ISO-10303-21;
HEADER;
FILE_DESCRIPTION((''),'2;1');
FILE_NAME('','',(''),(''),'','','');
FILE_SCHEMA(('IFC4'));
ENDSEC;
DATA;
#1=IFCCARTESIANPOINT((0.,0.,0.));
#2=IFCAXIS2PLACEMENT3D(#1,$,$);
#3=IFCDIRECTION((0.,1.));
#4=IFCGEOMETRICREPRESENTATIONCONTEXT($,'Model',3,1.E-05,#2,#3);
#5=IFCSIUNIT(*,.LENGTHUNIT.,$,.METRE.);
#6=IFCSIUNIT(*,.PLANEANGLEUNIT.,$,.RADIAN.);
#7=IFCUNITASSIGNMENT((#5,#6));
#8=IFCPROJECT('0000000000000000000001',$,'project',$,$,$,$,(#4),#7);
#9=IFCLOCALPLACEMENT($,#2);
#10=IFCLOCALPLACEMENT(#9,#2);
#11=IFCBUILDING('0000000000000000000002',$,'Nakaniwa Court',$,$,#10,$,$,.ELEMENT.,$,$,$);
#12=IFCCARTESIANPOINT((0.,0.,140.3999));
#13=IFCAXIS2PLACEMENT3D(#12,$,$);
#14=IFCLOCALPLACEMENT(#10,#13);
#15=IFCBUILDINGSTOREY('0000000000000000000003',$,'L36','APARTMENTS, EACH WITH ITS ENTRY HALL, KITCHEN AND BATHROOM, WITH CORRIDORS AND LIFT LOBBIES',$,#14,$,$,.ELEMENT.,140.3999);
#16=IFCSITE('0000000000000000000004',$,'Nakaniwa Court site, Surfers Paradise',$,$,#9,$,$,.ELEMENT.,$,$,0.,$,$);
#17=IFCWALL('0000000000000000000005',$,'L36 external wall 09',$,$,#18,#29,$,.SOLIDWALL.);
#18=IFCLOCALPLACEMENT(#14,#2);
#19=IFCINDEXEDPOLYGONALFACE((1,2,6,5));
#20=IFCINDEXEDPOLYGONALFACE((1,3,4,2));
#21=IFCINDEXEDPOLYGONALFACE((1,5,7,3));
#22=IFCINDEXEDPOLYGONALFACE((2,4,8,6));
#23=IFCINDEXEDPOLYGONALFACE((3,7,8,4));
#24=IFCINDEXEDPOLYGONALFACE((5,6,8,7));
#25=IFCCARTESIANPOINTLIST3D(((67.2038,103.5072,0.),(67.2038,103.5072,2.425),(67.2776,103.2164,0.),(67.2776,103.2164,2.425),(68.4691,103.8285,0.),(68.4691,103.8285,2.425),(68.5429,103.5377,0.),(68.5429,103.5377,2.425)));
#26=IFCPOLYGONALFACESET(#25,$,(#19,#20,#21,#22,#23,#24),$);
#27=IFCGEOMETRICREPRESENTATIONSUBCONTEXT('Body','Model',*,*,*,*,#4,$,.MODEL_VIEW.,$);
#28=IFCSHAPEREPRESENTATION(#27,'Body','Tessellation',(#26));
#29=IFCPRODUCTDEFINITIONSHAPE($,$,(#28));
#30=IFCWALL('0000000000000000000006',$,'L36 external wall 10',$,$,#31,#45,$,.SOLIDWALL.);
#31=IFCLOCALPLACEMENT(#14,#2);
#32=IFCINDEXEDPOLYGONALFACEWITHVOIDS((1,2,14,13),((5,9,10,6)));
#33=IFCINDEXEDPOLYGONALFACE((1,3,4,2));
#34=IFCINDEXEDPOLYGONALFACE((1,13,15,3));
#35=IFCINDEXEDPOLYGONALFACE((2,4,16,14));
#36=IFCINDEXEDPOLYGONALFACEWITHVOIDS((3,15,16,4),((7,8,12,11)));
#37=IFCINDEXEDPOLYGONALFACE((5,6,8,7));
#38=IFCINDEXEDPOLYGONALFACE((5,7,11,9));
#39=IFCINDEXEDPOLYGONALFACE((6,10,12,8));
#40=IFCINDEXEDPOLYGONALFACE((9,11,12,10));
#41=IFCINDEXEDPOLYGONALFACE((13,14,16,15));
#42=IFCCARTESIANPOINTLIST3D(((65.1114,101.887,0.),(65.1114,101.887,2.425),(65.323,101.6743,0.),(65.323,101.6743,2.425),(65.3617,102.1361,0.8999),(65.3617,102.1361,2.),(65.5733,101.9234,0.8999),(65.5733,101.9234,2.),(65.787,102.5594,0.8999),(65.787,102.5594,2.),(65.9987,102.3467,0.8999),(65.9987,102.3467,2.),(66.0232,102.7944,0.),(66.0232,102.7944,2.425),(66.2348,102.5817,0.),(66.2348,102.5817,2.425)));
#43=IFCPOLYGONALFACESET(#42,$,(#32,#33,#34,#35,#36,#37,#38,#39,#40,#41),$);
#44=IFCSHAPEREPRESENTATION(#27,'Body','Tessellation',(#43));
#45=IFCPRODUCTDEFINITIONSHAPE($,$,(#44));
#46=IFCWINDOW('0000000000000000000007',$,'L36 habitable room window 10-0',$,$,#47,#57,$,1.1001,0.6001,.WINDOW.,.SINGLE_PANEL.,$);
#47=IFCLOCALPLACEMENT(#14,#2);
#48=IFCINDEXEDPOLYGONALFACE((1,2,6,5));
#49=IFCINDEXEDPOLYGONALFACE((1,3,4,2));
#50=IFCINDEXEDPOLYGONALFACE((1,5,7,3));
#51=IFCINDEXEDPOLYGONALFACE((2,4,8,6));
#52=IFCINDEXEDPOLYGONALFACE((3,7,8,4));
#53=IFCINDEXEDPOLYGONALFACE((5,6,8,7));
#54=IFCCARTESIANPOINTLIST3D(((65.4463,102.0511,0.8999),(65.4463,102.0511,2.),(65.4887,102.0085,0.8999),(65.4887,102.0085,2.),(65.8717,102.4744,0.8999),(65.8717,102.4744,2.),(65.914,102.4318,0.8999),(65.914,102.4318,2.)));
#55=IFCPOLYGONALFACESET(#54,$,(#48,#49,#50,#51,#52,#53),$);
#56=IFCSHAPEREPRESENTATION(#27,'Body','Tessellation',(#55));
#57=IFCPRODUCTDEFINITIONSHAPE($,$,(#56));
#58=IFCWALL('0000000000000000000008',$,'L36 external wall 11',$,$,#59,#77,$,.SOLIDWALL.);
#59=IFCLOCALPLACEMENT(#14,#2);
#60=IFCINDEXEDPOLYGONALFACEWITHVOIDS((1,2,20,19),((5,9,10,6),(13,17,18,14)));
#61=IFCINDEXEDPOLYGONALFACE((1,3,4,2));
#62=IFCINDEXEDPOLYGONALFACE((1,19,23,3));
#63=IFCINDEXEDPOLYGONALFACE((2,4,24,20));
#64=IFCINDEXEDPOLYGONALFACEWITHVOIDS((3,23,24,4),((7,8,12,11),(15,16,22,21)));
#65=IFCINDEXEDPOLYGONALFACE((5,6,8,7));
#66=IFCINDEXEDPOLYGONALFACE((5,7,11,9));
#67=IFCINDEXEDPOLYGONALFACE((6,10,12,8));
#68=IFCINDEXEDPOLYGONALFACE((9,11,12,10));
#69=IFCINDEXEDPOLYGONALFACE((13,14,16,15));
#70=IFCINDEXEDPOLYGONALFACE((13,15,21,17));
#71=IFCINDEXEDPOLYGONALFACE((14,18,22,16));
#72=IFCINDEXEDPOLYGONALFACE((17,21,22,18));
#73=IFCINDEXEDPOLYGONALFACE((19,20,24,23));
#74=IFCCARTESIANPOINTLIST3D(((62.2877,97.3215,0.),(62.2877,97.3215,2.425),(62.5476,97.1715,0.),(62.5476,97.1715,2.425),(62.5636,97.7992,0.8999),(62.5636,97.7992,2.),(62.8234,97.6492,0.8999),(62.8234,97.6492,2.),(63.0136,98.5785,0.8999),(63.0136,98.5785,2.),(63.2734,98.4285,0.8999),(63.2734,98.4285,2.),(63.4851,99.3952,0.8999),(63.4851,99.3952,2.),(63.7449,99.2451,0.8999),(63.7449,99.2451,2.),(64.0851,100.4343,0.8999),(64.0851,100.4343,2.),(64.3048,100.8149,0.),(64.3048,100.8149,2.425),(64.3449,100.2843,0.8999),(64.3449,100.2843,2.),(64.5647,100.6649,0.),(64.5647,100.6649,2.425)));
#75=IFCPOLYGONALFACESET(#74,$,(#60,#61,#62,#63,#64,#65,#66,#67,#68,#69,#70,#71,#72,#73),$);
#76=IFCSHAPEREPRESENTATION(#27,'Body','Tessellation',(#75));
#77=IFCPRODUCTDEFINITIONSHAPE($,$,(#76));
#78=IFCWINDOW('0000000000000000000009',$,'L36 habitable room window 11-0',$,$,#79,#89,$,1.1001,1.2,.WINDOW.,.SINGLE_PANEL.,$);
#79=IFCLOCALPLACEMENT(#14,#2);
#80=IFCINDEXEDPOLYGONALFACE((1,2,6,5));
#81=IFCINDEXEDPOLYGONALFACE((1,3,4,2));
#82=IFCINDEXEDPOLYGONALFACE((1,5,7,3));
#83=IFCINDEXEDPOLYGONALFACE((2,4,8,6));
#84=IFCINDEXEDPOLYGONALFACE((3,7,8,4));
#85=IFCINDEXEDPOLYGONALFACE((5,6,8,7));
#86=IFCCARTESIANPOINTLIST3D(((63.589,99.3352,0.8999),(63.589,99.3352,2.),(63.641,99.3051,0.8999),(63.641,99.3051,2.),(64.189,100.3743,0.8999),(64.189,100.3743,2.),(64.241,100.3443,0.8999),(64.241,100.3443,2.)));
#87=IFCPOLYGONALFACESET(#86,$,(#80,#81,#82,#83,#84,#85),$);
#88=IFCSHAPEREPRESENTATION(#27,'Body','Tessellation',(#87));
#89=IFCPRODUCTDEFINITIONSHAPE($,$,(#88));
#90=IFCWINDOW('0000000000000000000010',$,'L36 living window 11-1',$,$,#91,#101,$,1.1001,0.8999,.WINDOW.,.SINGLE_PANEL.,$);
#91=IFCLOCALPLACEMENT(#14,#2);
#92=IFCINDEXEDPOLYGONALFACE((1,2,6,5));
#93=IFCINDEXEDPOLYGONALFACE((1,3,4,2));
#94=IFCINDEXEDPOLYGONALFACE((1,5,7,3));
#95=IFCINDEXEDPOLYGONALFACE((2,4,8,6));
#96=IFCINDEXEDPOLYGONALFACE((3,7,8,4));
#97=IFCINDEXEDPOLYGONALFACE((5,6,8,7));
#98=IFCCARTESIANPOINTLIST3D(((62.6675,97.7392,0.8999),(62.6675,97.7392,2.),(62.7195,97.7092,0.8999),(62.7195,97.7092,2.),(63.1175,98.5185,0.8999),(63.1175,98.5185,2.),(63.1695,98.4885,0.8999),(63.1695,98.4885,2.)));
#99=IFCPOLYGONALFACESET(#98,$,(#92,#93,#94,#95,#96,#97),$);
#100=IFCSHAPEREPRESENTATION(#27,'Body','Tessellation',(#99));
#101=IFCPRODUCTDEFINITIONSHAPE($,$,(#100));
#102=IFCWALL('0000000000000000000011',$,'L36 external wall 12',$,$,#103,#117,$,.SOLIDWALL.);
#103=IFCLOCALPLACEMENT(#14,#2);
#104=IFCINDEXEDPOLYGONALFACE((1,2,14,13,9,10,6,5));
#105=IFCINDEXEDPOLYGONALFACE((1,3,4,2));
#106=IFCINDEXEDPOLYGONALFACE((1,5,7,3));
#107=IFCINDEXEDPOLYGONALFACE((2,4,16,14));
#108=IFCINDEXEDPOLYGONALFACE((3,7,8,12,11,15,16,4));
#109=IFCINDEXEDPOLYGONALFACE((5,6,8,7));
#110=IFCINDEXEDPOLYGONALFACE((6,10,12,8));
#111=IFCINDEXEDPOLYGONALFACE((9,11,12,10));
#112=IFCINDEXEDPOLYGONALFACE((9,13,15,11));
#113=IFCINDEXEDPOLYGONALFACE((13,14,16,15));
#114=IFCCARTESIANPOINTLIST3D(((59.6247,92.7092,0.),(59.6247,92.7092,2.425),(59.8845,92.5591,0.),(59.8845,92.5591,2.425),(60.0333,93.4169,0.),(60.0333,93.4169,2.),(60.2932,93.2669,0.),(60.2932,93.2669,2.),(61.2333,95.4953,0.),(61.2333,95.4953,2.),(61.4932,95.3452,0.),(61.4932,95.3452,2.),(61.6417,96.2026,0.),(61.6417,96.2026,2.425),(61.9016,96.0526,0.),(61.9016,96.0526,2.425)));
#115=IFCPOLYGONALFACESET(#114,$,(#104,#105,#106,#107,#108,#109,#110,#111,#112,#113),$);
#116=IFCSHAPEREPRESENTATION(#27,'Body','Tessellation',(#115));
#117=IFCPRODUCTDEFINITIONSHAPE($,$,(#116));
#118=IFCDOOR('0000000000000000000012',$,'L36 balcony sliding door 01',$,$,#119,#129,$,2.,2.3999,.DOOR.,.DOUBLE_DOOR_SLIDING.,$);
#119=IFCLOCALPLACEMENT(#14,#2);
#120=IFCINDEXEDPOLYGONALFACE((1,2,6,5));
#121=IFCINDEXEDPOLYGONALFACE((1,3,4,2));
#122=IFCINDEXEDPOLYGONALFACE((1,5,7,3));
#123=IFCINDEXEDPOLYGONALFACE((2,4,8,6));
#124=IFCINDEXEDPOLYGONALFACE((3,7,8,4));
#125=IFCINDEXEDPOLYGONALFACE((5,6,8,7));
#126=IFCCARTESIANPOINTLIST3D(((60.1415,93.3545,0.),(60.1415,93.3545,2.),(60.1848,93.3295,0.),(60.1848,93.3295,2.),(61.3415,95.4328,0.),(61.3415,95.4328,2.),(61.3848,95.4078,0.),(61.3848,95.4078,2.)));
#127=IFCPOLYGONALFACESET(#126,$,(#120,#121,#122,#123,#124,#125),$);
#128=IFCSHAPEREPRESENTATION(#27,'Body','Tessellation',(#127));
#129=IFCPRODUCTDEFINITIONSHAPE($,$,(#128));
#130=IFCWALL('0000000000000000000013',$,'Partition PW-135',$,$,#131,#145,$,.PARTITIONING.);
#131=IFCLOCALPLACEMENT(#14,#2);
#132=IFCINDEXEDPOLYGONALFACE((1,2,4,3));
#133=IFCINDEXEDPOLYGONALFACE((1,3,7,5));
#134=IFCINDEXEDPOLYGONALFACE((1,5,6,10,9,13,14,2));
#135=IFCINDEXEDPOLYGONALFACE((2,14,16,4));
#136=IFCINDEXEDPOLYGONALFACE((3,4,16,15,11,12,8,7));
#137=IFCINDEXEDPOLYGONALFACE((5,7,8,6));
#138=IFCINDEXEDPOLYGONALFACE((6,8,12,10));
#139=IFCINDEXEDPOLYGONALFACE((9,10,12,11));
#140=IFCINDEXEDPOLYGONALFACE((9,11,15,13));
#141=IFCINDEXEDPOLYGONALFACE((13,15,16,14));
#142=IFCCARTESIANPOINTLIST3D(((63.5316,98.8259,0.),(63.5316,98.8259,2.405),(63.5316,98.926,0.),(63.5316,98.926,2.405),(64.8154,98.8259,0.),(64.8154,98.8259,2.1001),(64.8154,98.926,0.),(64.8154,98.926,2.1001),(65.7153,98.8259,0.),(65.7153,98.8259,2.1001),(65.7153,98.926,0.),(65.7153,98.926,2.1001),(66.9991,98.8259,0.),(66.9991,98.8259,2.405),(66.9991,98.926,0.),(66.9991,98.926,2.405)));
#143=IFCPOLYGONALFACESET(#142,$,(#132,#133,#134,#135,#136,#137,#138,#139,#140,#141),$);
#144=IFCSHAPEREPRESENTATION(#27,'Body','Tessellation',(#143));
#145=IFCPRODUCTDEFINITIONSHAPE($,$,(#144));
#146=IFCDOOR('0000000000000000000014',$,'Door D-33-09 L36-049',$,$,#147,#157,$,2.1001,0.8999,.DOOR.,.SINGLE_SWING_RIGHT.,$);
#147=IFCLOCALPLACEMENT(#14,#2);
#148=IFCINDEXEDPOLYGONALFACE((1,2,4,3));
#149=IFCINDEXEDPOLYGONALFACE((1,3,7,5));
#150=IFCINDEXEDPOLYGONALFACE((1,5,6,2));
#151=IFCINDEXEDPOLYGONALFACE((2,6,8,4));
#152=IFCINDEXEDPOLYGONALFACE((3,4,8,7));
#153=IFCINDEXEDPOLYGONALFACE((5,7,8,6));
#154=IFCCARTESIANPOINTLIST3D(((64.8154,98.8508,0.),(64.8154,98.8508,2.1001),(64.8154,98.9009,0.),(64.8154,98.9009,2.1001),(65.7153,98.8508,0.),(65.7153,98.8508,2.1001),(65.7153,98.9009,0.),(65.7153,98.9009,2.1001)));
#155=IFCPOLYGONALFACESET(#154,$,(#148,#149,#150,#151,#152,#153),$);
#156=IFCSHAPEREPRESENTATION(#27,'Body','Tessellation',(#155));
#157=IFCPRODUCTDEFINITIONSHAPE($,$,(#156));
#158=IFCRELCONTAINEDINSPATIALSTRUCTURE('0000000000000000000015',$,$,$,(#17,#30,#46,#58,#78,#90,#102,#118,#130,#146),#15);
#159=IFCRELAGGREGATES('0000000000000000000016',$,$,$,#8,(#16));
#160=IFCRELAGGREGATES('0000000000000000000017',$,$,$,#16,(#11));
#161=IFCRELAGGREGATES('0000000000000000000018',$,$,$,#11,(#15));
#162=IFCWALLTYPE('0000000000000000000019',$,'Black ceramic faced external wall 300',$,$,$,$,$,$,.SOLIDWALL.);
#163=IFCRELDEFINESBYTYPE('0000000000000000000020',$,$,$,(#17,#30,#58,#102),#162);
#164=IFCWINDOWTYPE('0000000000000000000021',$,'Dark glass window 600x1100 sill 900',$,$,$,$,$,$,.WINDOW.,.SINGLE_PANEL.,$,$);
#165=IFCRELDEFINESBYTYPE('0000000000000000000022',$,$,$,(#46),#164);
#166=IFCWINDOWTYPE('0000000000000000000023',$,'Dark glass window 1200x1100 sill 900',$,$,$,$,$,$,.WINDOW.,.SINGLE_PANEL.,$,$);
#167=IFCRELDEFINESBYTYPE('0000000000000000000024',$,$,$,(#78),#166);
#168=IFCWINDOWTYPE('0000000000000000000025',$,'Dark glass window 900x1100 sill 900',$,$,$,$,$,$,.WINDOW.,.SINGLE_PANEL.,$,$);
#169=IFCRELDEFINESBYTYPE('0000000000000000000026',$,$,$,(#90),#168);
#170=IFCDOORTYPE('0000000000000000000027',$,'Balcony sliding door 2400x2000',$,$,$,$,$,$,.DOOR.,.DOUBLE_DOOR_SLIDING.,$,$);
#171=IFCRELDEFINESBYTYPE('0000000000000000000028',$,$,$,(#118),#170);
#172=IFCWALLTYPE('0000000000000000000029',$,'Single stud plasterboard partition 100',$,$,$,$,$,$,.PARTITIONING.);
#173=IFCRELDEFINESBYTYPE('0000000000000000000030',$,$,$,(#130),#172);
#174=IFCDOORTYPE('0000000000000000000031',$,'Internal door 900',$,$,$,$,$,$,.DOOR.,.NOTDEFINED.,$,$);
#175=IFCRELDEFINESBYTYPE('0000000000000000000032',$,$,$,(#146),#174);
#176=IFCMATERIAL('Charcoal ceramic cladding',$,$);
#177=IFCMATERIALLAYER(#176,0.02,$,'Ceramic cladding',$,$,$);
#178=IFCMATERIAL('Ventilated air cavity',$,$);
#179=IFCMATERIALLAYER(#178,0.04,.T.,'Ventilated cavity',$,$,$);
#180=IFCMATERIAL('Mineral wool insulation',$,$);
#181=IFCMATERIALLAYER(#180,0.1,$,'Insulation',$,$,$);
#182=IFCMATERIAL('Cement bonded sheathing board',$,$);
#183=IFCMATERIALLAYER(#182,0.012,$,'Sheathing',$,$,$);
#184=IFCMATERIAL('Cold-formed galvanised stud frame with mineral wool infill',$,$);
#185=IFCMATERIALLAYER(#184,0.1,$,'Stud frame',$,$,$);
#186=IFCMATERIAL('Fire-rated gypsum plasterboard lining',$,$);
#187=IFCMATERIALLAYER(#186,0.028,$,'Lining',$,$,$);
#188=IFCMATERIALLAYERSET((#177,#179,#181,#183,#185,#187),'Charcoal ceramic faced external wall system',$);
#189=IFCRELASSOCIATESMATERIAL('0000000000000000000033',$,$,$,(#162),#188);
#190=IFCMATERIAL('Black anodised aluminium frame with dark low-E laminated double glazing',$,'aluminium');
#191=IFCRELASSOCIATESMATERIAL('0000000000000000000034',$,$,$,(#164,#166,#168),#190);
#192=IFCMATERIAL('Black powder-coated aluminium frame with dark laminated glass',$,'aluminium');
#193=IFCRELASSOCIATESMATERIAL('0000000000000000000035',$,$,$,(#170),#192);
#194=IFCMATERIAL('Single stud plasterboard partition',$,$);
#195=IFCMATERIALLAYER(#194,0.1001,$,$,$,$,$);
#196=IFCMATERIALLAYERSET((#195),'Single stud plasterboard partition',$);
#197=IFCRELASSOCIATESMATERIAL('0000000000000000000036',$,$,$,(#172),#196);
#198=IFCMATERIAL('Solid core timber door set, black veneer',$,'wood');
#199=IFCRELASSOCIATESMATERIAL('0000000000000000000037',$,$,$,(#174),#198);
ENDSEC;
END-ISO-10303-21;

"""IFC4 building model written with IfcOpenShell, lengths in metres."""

from ifc_helpers import new_model, si_unit, direction, frame, frame_2d, origin, place, context, subcontext, project, spatial, rectangle, extrude, material, layer, layer_set, type_object, element, fill, save


model = new_model("IFC4")

# Units and contexts
model_context = context("Model", 3, precision=1e-05, world=origin(), true_north=direction((0.0, 1.0)))
body_context = subcontext(model_context, "Body", "Model", "MODEL_VIEW")
ifc_project = project(units=[si_unit("LENGTHUNIT", "METRE"), si_unit("PLANEANGLEUNIT", "RADIAN")], contexts=[model_context])

# Site, building, storey
site_placement = place(None, origin())
site = spatial("IfcSite", under=ifc_project, at=site_placement, Name="Nakaniwa Court site, Surfers Paradise", CompositionType="ELEMENT", RefElevation=0.0)
building_placement = place(site_placement, origin())
building = spatial("IfcBuilding", under=site, at=building_placement, Name="Nakaniwa Court", CompositionType="ELEMENT")
storey_placement = place(building_placement, frame((0.0, 0.0, 140.3999)))
storey = spatial("IfcBuildingStorey", under=building, at=storey_placement, Name="L36", Description="APARTMENTS, EACH WITH ITS ENTRY HALL, KITCHEN AND BATHROOM, WITH CORRIDORS AND LIFT LOBBIES", CompositionType="ELEMENT", Elevation=140.3999)

# Shared definitions
ifc_material_1 = material(Name="Solid core timber door set, black veneer", Category="wood")

# Wall
ifc_material_2 = material(Name="Charcoal ceramic cladding")
ifc_layer_1 = layer(ifc_material_2, 0.02, Name="Ceramic cladding")
ifc_material_3 = material(Name="Ventilated air cavity")
ifc_layer_2 = layer(ifc_material_3, 0.04, ventilated=True, Name="Ventilated cavity")
ifc_material_4 = material(Name="Mineral wool insulation")
ifc_layer_3 = layer(ifc_material_4, 0.1, Name="Insulation")
ifc_material_5 = material(Name="Cement bonded sheathing board")
ifc_layer_4 = layer(ifc_material_5, 0.012, Name="Sheathing")
ifc_material_6 = material(Name="Cold-formed galvanised stud frame with mineral wool infill")
ifc_layer_5 = layer(ifc_material_6, 0.1, Name="Stud frame")
ifc_material_7 = material(Name="Fire-rated gypsum plasterboard lining")
ifc_layer_6 = layer(ifc_material_7, 0.028, Name="Lining")
ifc_layer_set_1 = layer_set([ifc_layer_1, ifc_layer_2, ifc_layer_3, ifc_layer_4, ifc_layer_5, ifc_layer_6], Name="Charcoal ceramic faced external wall system")
wall_type_1 = type_object("IfcWallType", Name="Black ceramic faced external wall 300", PredefinedType="SOLIDWALL", material=ifc_layer_set_1)
wall_1_placement = place(storey_placement, frame((68.5061, 103.6831, 0.0), z_axis=(0.0, 0.0, 1.0), x_axis=(-0.969245, -0.246098, 0.0)))
element("IfcWall", 1, at=wall_1_placement, inside=storey, type_object=wall_type_1, Name="L36 external wall 09", PredefinedType="SOLIDWALL", context=body_context, shape_type="SweptSolid", body=[
    extrude(rectangle(XDim=1.3054, YDim=0.3, at=frame_2d((0.6528, 0.0))), origin(), (0.0, 0.0, 1.0), 2.425),
])

# Wall, opening, window
wall_2_placement = place(storey_placement, frame((66.1289, 102.688, 0.0), z_axis=(0.0, 0.0, 1.0), x_axis=(-0.708813, -0.705397, 0.0)))
wall_2 = element("IfcWall", 2, at=wall_2_placement, inside=storey, type_object=wall_type_1, Name="L36 external wall 10", PredefinedType="SOLIDWALL", context=body_context, shape_type="SweptSolid", body=[
    extrude(rectangle(XDim=1.2864, YDim=0.3, at=frame_2d((0.6431, 0.0))), origin(), (0.0, 0.0, 1.0), 2.425),
])
opening_1_placement = place(wall_2_placement, frame((0.333, 0.0, 0.8999)))
opening_1 = element("IfcOpeningElement", 3, at=opening_1_placement, cuts=wall_2, PredefinedType="OPENING", context=body_context, shape_type="SweptSolid", body=[
    extrude(rectangle(XDim=0.6001, YDim=1.1001, at=frame_2d((0.3, 0.55))), frame((0.0, 0.1599, 0.0), z_axis=(0.0, -1.0, 0.0), x_axis=(1.0, 0.0, 0.0)), (0.0, 0.0, 1.0), 0.3201),
])
ifc_material_8 = material(Name="Black anodised aluminium frame with dark low-E laminated double glazing", Category="aluminium")
window_type_1 = type_object("IfcWindowType", Name="Dark glass window 600x1100 sill 900", PartitioningType="SINGLE_PANEL", PredefinedType="WINDOW", material=ifc_material_8)
window_1_placement = place(opening_1_placement, origin())
window_1 = element("IfcWindow", 4, at=window_1_placement, inside=storey, type_object=window_type_1, Name="L36 habitable room window 10-0", OverallHeight=1.1001, OverallWidth=0.6001, PartitioningType="SINGLE_PANEL", PredefinedType="WINDOW", context=body_context, shape_type="SweptSolid", body=[
    extrude(rectangle(XDim=0.6001, YDim=1.1001, at=frame_2d((0.3, 0.55))), frame((0.0, 0.03, 0.0), z_axis=(0.0, -1.0, 0.0), x_axis=(1.0, 0.0, 0.0)), (0.0, 0.0, 1.0), 0.0601),
])
fill(opening_1, window_1)

# Wall, openings, windows
wall_3_placement = place(storey_placement, frame((64.4348, 100.74, 0.0), z_axis=(0.0, 0.0, 1.0), x_axis=(-0.500032, -0.866007, 0.0)))
wall_3 = element("IfcWall", 5, at=wall_3_placement, inside=storey, type_object=wall_type_1, Name="L36 external wall 11", PredefinedType="SOLIDWALL", context=body_context, shape_type="SweptSolid", body=[
    extrude(rectangle(XDim=4.0339, YDim=0.3, at=frame_2d((2.0171, 0.0))), origin(), (0.0, 0.0, 1.0), 2.425),
])
opening_2_placement = place(wall_3_placement, frame((0.4395, 0.0, 0.8999)))
opening_2 = element("IfcOpeningElement", 6, at=opening_2_placement, cuts=wall_3, PredefinedType="OPENING", context=body_context, shape_type="SweptSolid", body=[
    extrude(rectangle(XDim=1.2, YDim=1.1001, at=frame_2d((0.6001, 0.55))), frame((0.0, 0.1599, 0.0), z_axis=(0.0, -1.0, 0.0), x_axis=(1.0, 0.0, 0.0)), (0.0, 0.0, 1.0), 0.3201),
])
opening_3_placement = place(wall_3_placement, frame((2.5825, 0.0, 0.8999)))
opening_3 = element("IfcOpeningElement", 7, at=opening_3_placement, cuts=wall_3, PredefinedType="OPENING", context=body_context, shape_type="SweptSolid", body=[
    extrude(rectangle(XDim=0.8999, YDim=1.1001, at=frame_2d((0.45, 0.55))), frame((0.0, 0.1599, 0.0), z_axis=(0.0, -1.0, 0.0), x_axis=(1.0, 0.0, 0.0)), (0.0, 0.0, 1.0), 0.3201),
])
window_type_2 = type_object("IfcWindowType", Name="Dark glass window 1200x1100 sill 900", PartitioningType="SINGLE_PANEL", PredefinedType="WINDOW", material=ifc_material_8)
window_2_placement = place(opening_2_placement, origin())
window_2 = element("IfcWindow", 8, at=window_2_placement, inside=storey, type_object=window_type_2, Name="L36 habitable room window 11-0", OverallHeight=1.1001, OverallWidth=1.2, PartitioningType="SINGLE_PANEL", PredefinedType="WINDOW", context=body_context, shape_type="SweptSolid", body=[
    extrude(rectangle(XDim=1.2, YDim=1.1001, at=frame_2d((0.6001, 0.55))), frame((0.0, 0.03, 0.0), z_axis=(0.0, -1.0, 0.0), x_axis=(1.0, 0.0, 0.0)), (0.0, 0.0, 1.0), 0.0601),
])
fill(opening_2, window_2)
window_type_3 = type_object("IfcWindowType", Name="Dark glass window 900x1100 sill 900", PartitioningType="SINGLE_PANEL", PredefinedType="WINDOW", material=ifc_material_8)
window_3_placement = place(opening_3_placement, origin())
window_3 = element("IfcWindow", 9, at=window_3_placement, inside=storey, type_object=window_type_3, Name="L36 living window 11-1", OverallHeight=1.1001, OverallWidth=0.8999, PartitioningType="SINGLE_PANEL", PredefinedType="WINDOW", context=body_context, shape_type="SweptSolid", body=[
    extrude(rectangle(XDim=0.8999, YDim=1.1001, at=frame_2d((0.45, 0.55))), frame((0.0, 0.03, 0.0), z_axis=(0.0, -1.0, 0.0), x_axis=(1.0, 0.0, 0.0)), (0.0, 0.0, 1.0), 0.0601),
])
fill(opening_3, window_3)

# Walls, openings, doors
wall_4_placement = place(storey_placement, frame((61.7717, 96.1277, 0.0), z_axis=(0.0, 0.0, 1.0), x_axis=(-0.500032, -0.866007, 0.0)))
wall_4 = element("IfcWall", 10, at=wall_4_placement, inside=storey, type_object=wall_type_1, Name="L36 external wall 12", PredefinedType="SOLIDWALL", context=body_context, shape_type="SweptSolid", body=[
    extrude(rectangle(XDim=4.0339, YDim=0.3, at=frame_2d((2.0171, 0.0))), origin(), (0.0, 0.0, 1.0), 2.425),
])
opening_4_placement = place(wall_4_placement, frame((0.8169, 0.0, 0.0)))
opening_4 = element("IfcOpeningElement", 11, at=opening_4_placement, cuts=wall_4, PredefinedType="OPENING", context=body_context, shape_type="SweptSolid", body=[
    extrude(rectangle(XDim=2.3999, YDim=2.0, at=frame_2d((1.2, 1.0))), frame((0.0, 0.1599, 0.0), z_axis=(0.0, -1.0, 0.0), x_axis=(1.0, 0.0, 0.0)), (0.0, 0.0, 1.0), 0.3201),
])
ifc_material_9 = material(Name="Black powder-coated aluminium frame with dark laminated glass", Category="aluminium")
door_type_1 = type_object("IfcDoorType", Name="Balcony sliding door 2400x2000", OperationType="DOUBLE_DOOR_SLIDING", PredefinedType="DOOR", material=ifc_material_9)
door_1_placement = place(opening_4_placement, origin())
door_1 = element("IfcDoor", 12, at=door_1_placement, inside=storey, type_object=door_type_1, Name="L36 balcony sliding door 01", OperationType="DOUBLE_DOOR_SLIDING", OverallHeight=2.0, OverallWidth=2.3999, PredefinedType="DOOR", context=body_context, shape_type="SweptSolid", body=[
    extrude(rectangle(XDim=2.3999, YDim=2.0, at=frame_2d((1.2, 1.0))), frame((0.0, 0.0249, 0.0), z_axis=(0.0, -1.0, 0.0), x_axis=(1.0, 0.0, 0.0)), (0.0, 0.0, 1.0), 0.05),
])
fill(opening_4, door_1)
ifc_material_10 = material(Name="Single stud plasterboard partition")
ifc_layer_7 = layer(ifc_material_10, 0.1001)
ifc_layer_set_2 = layer_set([ifc_layer_7], Name="Single stud plasterboard partition")
wall_type_2 = type_object("IfcWallType", Name="Single stud plasterboard partition 100", PredefinedType="PARTITIONING", material=ifc_layer_set_2)
wall_5_placement = place(storey_placement, frame((63.5315, 98.876, 0.0), z_axis=(0.0, 0.0, 1.0), x_axis=(1.0, 0.0, 0.0)))
wall_5 = element("IfcWall", 13, at=wall_5_placement, inside=storey, type_object=wall_type_2, Name="Partition PW-135", PredefinedType="PARTITIONING", context=body_context, shape_type="SweptSolid", body=[
    extrude(rectangle(XDim=3.4675, YDim=0.1001, at=frame_2d((1.7339, 0.0))), origin(), (0.0, 0.0, 1.0), 2.405),
])
opening_5_placement = place(wall_5_placement, frame((1.2839, 0.0, 0.0)))
opening_5 = element("IfcOpeningElement", 14, at=opening_5_placement, cuts=wall_5, PredefinedType="OPENING", context=body_context, shape_type="SweptSolid", body=[
    extrude(rectangle(XDim=0.8999, YDim=2.1001, at=frame_2d((0.45, 1.05))), frame((0.0, 0.0601, 0.0), z_axis=(0.0, -1.0, 0.0), x_axis=(1.0, 0.0, 0.0)), (0.0, 0.0, 1.0), 0.1201),
])
door_type_2 = type_object("IfcDoorType", Name="Internal door 900", OperationType="NOTDEFINED", PredefinedType="DOOR", material=ifc_material_1)
door_2_placement = place(opening_5_placement, origin())
door_2 = element("IfcDoor", 15, at=door_2_placement, inside=storey, type_object=door_type_2, Name="Door D-33-09 L36-049", OperationType="SINGLE_SWING_RIGHT", OverallHeight=2.1001, OverallWidth=0.8999, PredefinedType="DOOR", context=body_context, shape_type="SweptSolid", body=[
    extrude(rectangle(XDim=0.8999, YDim=2.1001, at=frame_2d((0.45, 1.05))), frame((0.0, 0.0249, 0.0), z_axis=(0.0, -1.0, 0.0), x_axis=(1.0, 0.0, 0.0)), (0.0, 0.0, 1.0), 0.05),
])
fill(opening_5, door_2)

save(model, "model.ifc")
